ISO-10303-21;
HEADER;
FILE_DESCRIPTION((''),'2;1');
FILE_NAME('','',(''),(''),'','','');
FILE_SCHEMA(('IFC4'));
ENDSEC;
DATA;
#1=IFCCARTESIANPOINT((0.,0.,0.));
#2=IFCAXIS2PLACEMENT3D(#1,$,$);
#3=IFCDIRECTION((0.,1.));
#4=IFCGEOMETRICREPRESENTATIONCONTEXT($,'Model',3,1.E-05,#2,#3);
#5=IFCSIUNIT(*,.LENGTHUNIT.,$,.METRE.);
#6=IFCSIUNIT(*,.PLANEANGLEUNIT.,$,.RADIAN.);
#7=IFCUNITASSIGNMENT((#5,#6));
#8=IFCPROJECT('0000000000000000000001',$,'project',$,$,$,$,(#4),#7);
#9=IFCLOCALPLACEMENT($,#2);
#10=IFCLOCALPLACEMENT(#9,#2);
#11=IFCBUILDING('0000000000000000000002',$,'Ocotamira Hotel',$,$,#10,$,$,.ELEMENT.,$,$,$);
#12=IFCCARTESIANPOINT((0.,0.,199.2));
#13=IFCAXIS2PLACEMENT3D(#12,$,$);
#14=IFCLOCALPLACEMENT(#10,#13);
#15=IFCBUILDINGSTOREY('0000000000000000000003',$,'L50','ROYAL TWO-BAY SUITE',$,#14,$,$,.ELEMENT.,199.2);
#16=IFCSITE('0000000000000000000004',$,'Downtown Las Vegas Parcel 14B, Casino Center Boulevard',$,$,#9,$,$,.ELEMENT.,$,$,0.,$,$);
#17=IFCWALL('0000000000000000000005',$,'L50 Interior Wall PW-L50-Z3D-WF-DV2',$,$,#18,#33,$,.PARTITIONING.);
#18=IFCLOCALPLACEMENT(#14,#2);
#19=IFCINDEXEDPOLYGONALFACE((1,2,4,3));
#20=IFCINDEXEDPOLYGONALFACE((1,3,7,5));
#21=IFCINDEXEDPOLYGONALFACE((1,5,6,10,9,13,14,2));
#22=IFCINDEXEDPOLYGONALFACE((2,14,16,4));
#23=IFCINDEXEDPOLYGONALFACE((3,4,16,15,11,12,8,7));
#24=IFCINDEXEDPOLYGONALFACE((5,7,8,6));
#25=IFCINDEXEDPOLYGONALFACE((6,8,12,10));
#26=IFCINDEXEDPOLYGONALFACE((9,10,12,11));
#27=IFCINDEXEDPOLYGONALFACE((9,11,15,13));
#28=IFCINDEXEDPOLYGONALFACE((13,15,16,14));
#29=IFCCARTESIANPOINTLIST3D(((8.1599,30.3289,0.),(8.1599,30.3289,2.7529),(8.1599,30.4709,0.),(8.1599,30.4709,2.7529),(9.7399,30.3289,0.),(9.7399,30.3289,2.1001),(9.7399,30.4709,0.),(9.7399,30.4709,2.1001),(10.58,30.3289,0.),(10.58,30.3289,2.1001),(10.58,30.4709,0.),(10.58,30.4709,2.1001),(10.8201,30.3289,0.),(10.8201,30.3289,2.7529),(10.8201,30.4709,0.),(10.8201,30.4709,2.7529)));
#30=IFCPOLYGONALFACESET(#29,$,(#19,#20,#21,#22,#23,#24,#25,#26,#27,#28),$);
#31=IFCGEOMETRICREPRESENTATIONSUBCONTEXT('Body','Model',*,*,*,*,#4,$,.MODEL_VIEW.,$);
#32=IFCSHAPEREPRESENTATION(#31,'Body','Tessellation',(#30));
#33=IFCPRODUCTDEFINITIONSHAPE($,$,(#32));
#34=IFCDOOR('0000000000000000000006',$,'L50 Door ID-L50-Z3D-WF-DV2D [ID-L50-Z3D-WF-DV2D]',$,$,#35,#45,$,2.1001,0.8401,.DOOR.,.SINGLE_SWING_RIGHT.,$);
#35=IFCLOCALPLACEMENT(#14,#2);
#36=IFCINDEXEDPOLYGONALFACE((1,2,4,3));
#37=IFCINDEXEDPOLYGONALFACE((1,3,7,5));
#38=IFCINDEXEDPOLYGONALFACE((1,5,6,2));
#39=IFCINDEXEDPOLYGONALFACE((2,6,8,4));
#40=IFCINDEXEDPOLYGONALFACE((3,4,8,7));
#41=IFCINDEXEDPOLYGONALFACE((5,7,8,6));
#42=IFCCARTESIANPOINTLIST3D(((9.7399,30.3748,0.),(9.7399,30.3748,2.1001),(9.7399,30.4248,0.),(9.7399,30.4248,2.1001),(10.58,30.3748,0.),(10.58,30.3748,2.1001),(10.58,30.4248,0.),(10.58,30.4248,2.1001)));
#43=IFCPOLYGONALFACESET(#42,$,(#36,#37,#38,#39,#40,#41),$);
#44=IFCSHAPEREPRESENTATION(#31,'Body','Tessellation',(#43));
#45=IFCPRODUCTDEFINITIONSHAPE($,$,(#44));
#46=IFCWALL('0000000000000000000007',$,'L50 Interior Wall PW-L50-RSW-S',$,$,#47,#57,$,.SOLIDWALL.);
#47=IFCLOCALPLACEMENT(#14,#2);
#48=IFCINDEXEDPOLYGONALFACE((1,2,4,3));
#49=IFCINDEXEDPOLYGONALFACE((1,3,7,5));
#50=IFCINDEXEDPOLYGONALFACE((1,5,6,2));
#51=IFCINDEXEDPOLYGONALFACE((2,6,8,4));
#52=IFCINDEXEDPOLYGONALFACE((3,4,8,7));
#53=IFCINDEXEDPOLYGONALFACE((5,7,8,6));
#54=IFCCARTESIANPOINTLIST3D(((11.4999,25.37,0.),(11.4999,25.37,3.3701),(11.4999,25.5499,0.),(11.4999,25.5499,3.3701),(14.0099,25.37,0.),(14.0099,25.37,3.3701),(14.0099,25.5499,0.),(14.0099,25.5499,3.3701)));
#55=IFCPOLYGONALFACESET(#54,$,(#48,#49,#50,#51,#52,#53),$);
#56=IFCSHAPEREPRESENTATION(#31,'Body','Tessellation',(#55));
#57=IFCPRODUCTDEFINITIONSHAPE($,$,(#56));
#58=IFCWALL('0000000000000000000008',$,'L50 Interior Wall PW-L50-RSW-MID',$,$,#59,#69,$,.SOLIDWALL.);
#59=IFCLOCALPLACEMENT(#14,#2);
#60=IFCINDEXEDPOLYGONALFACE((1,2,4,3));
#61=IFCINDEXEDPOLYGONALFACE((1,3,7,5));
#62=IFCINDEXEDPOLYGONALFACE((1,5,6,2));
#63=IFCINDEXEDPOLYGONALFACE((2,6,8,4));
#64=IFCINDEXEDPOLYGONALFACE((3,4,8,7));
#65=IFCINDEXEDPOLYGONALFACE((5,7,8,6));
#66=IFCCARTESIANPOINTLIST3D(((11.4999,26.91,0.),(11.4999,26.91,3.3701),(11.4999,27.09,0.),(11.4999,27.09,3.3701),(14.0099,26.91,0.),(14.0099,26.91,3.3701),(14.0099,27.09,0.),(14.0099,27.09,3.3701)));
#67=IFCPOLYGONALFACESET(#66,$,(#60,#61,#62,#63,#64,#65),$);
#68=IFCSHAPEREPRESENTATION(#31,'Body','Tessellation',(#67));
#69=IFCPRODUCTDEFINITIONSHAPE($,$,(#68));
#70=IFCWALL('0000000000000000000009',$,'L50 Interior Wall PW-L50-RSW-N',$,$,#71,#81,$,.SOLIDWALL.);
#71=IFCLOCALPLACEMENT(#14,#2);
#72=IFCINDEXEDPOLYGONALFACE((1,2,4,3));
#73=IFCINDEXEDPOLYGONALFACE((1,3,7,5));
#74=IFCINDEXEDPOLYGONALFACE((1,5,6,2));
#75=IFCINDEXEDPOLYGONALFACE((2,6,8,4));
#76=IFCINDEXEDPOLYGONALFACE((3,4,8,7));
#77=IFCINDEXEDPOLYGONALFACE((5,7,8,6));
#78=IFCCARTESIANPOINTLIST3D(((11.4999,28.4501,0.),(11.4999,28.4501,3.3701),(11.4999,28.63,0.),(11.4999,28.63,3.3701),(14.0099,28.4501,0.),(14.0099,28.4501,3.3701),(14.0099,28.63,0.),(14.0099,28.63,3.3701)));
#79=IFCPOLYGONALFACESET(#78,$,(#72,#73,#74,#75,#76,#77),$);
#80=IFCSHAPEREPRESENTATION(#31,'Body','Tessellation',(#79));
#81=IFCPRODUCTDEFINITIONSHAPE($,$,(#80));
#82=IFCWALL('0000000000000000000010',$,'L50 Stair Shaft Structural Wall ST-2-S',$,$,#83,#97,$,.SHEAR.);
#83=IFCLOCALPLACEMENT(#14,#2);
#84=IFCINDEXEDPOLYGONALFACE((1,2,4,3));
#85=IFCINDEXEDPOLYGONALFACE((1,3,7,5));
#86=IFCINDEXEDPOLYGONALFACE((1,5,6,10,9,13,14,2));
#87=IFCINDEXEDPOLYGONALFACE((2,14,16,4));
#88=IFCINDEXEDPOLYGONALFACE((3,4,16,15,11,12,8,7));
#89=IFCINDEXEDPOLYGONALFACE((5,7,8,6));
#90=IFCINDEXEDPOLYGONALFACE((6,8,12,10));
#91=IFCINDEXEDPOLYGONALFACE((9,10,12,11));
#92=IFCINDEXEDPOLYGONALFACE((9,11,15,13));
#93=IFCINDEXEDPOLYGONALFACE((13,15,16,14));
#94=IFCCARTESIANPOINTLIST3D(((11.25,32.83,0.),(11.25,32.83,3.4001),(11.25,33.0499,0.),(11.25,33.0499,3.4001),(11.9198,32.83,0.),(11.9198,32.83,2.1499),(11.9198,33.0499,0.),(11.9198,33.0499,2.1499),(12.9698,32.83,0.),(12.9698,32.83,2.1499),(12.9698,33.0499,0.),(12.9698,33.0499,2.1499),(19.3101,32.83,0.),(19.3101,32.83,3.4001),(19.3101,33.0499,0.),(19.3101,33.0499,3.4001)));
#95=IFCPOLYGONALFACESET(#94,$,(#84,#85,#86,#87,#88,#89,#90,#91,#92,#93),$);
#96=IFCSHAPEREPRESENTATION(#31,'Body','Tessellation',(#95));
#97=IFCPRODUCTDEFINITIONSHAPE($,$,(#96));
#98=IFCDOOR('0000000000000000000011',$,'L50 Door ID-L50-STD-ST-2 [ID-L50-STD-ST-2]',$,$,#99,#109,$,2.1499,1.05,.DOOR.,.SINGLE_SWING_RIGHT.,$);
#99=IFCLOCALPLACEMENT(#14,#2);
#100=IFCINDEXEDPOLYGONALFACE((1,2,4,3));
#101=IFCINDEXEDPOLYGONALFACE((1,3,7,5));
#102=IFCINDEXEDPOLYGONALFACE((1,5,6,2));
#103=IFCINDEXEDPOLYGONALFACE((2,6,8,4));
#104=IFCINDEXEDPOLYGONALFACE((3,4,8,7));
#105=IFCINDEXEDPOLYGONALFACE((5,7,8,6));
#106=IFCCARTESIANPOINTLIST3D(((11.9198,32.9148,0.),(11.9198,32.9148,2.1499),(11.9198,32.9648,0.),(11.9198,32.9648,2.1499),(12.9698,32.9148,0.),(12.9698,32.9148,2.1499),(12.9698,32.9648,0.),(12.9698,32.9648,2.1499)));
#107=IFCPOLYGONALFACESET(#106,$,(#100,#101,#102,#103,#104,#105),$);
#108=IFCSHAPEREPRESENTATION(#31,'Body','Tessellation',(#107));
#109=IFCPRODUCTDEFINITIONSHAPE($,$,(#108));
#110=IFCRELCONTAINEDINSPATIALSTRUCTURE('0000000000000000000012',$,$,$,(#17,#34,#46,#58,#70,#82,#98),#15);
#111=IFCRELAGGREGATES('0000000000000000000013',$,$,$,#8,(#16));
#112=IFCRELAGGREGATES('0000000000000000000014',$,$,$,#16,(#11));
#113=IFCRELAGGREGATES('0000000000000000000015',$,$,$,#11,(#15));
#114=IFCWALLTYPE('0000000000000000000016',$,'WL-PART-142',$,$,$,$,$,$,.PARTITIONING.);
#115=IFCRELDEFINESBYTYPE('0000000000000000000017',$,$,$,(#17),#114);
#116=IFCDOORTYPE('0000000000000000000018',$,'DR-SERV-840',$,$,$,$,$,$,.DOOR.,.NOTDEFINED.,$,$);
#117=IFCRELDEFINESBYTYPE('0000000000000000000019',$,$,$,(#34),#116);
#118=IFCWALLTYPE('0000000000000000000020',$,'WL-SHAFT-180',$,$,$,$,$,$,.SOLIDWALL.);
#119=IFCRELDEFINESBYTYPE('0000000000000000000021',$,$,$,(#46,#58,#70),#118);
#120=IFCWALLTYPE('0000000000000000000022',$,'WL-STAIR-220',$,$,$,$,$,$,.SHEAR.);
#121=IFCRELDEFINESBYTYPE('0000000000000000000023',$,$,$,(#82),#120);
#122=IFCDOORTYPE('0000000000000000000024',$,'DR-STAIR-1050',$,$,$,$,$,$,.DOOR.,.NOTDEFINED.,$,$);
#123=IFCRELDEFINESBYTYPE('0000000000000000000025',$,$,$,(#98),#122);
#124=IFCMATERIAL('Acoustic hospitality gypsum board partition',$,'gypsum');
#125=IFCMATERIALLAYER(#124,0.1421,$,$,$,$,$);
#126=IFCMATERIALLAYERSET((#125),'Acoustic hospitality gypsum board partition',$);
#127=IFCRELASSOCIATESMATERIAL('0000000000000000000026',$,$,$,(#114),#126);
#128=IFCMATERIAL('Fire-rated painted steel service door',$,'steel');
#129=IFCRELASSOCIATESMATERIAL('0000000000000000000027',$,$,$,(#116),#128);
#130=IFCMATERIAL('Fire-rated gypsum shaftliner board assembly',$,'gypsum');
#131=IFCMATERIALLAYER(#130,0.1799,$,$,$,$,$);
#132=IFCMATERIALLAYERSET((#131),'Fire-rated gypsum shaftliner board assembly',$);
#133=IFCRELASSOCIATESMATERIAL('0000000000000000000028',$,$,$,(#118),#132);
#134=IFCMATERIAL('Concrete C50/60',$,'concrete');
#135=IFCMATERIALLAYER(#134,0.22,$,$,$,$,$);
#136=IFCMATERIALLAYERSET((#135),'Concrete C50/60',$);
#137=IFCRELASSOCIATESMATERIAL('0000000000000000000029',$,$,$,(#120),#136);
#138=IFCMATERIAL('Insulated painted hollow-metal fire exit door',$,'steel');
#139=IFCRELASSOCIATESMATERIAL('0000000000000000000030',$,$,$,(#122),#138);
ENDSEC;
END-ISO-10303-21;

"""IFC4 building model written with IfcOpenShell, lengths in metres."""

from ifc_helpers import new_model, si_unit, direction, frame, frame_2d, origin, place, context, subcontext, project, spatial, rectangle, extrude, source, transform, mapped, material, layer, layer_set, type_object, element, fill, save


model = new_model("IFC4")

# Units and contexts
model_context = context("Model", 3, precision=1e-05, world=origin(), true_north=direction((0.0, 1.0)))
body_context = subcontext(model_context, "Body", "Model", "MODEL_VIEW")
ifc_project = project(units=[si_unit("LENGTHUNIT", "METRE"), si_unit("PLANEANGLEUNIT", "RADIAN")], contexts=[model_context])

# Site, building, storey
site_placement = place(None, origin())
site = spatial("IfcSite", under=ifc_project, at=site_placement, Name="Downtown Las Vegas Parcel 14B, Casino Center Boulevard", CompositionType="ELEMENT", RefElevation=0.0)
building_placement = place(site_placement, origin())
building = spatial("IfcBuilding", under=site, at=building_placement, Name="Ocotamira Hotel", CompositionType="ELEMENT")
storey_placement = place(building_placement, frame((0.0, 0.0, 199.2)))
storey = spatial("IfcBuildingStorey", under=building, at=storey_placement, Name="L50", Description="ROYAL TWO-BAY SUITE", CompositionType="ELEMENT", Elevation=199.2)

# Wall, opening, door
ifc_material_1 = material(Name="Acoustic hospitality gypsum board partition", Category="gypsum")
ifc_layer_1 = layer(ifc_material_1, 0.1421)
ifc_layer_set_1 = layer_set([ifc_layer_1], Name="Acoustic hospitality gypsum board partition")
wall_type_1 = type_object("IfcWallType", Name="WL-PART-142", PredefinedType="PARTITIONING", material=ifc_layer_set_1)
wall_1_placement = place(storey_placement, frame((8.1599, 30.3999, 0.0), z_axis=(0.0, 0.0, 1.0), x_axis=(1.0, 0.0, 0.0)))
wall_1 = element("IfcWall", 1, at=wall_1_placement, inside=storey, type_object=wall_type_1, Name="L50 Interior Wall PW-L50-Z3D-WF-DV2", PredefinedType="PARTITIONING", context=body_context, shape_type="SweptSolid", body=[
    extrude(rectangle(XDim=2.6602, YDim=0.1421, at=frame_2d((1.3301, 0.0))), origin(), (0.0, 0.0, 1.0), 2.7529),
])
opening_1_placement = place(wall_1_placement, frame((1.5801, 0.0, 0.0)))
opening_1 = element("IfcOpeningElement", 2, at=opening_1_placement, cuts=wall_1, PredefinedType="OPENING", context=body_context, shape_type="SweptSolid", body=[
    extrude(rectangle(XDim=0.8401, YDim=2.1001, at=frame_2d((0.4199, 1.05))), frame((0.0, 0.0811, 0.0), z_axis=(0.0, -1.0, 0.0), x_axis=(1.0, 0.0, 0.0)), (0.0, 0.0, 1.0), 0.1621),
])
ifc_material_2 = material(Name="Fire-rated painted steel service door", Category="steel")
door_type_1 = type_object("IfcDoorType", Name="DR-SERV-840", OperationType="NOTDEFINED", PredefinedType="DOOR", material=ifc_material_2)
shared_shape_1 = source(origin(), body_context, "Body", "SweptSolid", [
    extrude(rectangle(XDim=0.8401, YDim=2.1001, at=frame_2d((0.4199, 1.05))), frame((0.0, 0.0249, 0.0), z_axis=(0.0, -1.0, 0.0), x_axis=(1.0, 0.0, 0.0)), (0.0, 0.0, 1.0), 0.05),
])
door_1_placement = place(opening_1_placement, origin())
door_1 = element("IfcDoor", 3, at=door_1_placement, inside=storey, type_object=door_type_1, Name="L50 Door ID-L50-Z3D-WF-DV2D [ID-L50-Z3D-WF-DV2D]", OperationType="SINGLE_SWING_RIGHT", OverallHeight=2.1001, OverallWidth=0.8401, PredefinedType="DOOR", context=body_context, shape_type="MappedRepresentation", body=[
    mapped(shared_shape_1, transform((0.0, 0.0, 0.0), scale=1.0)),
])
fill(opening_1, door_1)

# Walls
ifc_material_3 = material(Name="Fire-rated gypsum shaftliner board assembly", Category="gypsum")
ifc_layer_2 = layer(ifc_material_3, 0.1799)
ifc_layer_set_2 = layer_set([ifc_layer_2], Name="Fire-rated gypsum shaftliner board assembly")
wall_type_2 = type_object("IfcWallType", Name="WL-SHAFT-180", PredefinedType="SOLIDWALL", material=ifc_layer_set_2)
for number, where, z_axis, x_axis, name in (
    (4, (11.5, 25.46, 0.0), (0.0, 0.0, 1.0), (1.0, 0.0, 0.0), "L50 Interior Wall PW-L50-RSW-S"),
    (5, (11.5, 27.0, 0.0), (0.0, 0.0, 1.0), (1.0, 0.0, 0.0), "L50 Interior Wall PW-L50-RSW-MID"),
    (6, (11.5, 28.54, 0.0), (0.0, 0.0, 1.0), (1.0, 0.0, 0.0), "L50 Interior Wall PW-L50-RSW-N"),
):
    element("IfcWall", number, at=place(storey_placement, frame(where, z_axis=z_axis, x_axis=x_axis)), inside=storey, type_object=wall_type_2, Name=name, PredefinedType="SOLIDWALL", context=body_context, shape_type="SweptSolid", body=[
        extrude(rectangle(XDim=2.51, YDim=0.1799, at=frame_2d((1.2549, 0.0))), origin(), (0.0, 0.0, 1.0), 3.3701),
    ])

# Wall, opening, door
ifc_material_4 = material(Name="Concrete C50/60", Category="concrete")
ifc_layer_3 = layer(ifc_material_4, 0.22)
ifc_layer_set_3 = layer_set([ifc_layer_3], Name="Concrete C50/60")
wall_type_3 = type_object("IfcWallType", Name="WL-STAIR-220", PredefinedType="SHEAR", material=ifc_layer_set_3)
wall_2_placement = place(storey_placement, frame((11.25, 32.9399, 0.0), z_axis=(0.0, 0.0, 1.0), x_axis=(1.0, 0.0, 0.0)))
wall_2 = element("IfcWall", 7, at=wall_2_placement, inside=storey, type_object=wall_type_3, Name="L50 Stair Shaft Structural Wall ST-2-S", PredefinedType="SHEAR", context=body_context, shape_type="SweptSolid", body=[
    extrude(rectangle(XDim=8.0601, YDim=0.22, at=frame_2d((4.03, 0.0))), origin(), (0.0, 0.0, 1.0), 3.4001),
])
opening_2_placement = place(wall_2_placement, frame((0.6699, 0.0, 0.0)))
opening_2 = element("IfcOpeningElement", 8, at=opening_2_placement, cuts=wall_2, PredefinedType="OPENING", context=body_context, shape_type="SweptSolid", body=[
    extrude(rectangle(XDim=1.05, YDim=2.1499, at=frame_2d((0.5249, 1.075))), frame((0.0, 0.1201, 0.0), z_axis=(0.0, -1.0, 0.0), x_axis=(1.0, 0.0, 0.0)), (0.0, 0.0, 1.0), 0.24),
])
ifc_material_5 = material(Name="Insulated painted hollow-metal fire exit door", Category="steel")
door_type_2 = type_object("IfcDoorType", Name="DR-STAIR-1050", OperationType="NOTDEFINED", PredefinedType="DOOR", material=ifc_material_5)
shared_shape_2 = source(origin(), body_context, "Body", "SweptSolid", [
    extrude(rectangle(XDim=1.05, YDim=2.1499, at=frame_2d((0.5249, 1.075))), frame((0.0, 0.0249, 0.0), z_axis=(0.0, -1.0, 0.0), x_axis=(1.0, 0.0, 0.0)), (0.0, 0.0, 1.0), 0.05),
])
door_2_placement = place(opening_2_placement, origin())
door_2 = element("IfcDoor", 9, at=door_2_placement, inside=storey, type_object=door_type_2, Name="L50 Door ID-L50-STD-ST-2 [ID-L50-STD-ST-2]", OperationType="SINGLE_SWING_RIGHT", OverallHeight=2.1499, OverallWidth=1.05, PredefinedType="DOOR", context=body_context, shape_type="MappedRepresentation", body=[
    mapped(shared_shape_2, transform((0.0, 0.0, 0.0), scale=1.0)),
])
fill(opening_2, door_2)

save(model, "model.ifc")
